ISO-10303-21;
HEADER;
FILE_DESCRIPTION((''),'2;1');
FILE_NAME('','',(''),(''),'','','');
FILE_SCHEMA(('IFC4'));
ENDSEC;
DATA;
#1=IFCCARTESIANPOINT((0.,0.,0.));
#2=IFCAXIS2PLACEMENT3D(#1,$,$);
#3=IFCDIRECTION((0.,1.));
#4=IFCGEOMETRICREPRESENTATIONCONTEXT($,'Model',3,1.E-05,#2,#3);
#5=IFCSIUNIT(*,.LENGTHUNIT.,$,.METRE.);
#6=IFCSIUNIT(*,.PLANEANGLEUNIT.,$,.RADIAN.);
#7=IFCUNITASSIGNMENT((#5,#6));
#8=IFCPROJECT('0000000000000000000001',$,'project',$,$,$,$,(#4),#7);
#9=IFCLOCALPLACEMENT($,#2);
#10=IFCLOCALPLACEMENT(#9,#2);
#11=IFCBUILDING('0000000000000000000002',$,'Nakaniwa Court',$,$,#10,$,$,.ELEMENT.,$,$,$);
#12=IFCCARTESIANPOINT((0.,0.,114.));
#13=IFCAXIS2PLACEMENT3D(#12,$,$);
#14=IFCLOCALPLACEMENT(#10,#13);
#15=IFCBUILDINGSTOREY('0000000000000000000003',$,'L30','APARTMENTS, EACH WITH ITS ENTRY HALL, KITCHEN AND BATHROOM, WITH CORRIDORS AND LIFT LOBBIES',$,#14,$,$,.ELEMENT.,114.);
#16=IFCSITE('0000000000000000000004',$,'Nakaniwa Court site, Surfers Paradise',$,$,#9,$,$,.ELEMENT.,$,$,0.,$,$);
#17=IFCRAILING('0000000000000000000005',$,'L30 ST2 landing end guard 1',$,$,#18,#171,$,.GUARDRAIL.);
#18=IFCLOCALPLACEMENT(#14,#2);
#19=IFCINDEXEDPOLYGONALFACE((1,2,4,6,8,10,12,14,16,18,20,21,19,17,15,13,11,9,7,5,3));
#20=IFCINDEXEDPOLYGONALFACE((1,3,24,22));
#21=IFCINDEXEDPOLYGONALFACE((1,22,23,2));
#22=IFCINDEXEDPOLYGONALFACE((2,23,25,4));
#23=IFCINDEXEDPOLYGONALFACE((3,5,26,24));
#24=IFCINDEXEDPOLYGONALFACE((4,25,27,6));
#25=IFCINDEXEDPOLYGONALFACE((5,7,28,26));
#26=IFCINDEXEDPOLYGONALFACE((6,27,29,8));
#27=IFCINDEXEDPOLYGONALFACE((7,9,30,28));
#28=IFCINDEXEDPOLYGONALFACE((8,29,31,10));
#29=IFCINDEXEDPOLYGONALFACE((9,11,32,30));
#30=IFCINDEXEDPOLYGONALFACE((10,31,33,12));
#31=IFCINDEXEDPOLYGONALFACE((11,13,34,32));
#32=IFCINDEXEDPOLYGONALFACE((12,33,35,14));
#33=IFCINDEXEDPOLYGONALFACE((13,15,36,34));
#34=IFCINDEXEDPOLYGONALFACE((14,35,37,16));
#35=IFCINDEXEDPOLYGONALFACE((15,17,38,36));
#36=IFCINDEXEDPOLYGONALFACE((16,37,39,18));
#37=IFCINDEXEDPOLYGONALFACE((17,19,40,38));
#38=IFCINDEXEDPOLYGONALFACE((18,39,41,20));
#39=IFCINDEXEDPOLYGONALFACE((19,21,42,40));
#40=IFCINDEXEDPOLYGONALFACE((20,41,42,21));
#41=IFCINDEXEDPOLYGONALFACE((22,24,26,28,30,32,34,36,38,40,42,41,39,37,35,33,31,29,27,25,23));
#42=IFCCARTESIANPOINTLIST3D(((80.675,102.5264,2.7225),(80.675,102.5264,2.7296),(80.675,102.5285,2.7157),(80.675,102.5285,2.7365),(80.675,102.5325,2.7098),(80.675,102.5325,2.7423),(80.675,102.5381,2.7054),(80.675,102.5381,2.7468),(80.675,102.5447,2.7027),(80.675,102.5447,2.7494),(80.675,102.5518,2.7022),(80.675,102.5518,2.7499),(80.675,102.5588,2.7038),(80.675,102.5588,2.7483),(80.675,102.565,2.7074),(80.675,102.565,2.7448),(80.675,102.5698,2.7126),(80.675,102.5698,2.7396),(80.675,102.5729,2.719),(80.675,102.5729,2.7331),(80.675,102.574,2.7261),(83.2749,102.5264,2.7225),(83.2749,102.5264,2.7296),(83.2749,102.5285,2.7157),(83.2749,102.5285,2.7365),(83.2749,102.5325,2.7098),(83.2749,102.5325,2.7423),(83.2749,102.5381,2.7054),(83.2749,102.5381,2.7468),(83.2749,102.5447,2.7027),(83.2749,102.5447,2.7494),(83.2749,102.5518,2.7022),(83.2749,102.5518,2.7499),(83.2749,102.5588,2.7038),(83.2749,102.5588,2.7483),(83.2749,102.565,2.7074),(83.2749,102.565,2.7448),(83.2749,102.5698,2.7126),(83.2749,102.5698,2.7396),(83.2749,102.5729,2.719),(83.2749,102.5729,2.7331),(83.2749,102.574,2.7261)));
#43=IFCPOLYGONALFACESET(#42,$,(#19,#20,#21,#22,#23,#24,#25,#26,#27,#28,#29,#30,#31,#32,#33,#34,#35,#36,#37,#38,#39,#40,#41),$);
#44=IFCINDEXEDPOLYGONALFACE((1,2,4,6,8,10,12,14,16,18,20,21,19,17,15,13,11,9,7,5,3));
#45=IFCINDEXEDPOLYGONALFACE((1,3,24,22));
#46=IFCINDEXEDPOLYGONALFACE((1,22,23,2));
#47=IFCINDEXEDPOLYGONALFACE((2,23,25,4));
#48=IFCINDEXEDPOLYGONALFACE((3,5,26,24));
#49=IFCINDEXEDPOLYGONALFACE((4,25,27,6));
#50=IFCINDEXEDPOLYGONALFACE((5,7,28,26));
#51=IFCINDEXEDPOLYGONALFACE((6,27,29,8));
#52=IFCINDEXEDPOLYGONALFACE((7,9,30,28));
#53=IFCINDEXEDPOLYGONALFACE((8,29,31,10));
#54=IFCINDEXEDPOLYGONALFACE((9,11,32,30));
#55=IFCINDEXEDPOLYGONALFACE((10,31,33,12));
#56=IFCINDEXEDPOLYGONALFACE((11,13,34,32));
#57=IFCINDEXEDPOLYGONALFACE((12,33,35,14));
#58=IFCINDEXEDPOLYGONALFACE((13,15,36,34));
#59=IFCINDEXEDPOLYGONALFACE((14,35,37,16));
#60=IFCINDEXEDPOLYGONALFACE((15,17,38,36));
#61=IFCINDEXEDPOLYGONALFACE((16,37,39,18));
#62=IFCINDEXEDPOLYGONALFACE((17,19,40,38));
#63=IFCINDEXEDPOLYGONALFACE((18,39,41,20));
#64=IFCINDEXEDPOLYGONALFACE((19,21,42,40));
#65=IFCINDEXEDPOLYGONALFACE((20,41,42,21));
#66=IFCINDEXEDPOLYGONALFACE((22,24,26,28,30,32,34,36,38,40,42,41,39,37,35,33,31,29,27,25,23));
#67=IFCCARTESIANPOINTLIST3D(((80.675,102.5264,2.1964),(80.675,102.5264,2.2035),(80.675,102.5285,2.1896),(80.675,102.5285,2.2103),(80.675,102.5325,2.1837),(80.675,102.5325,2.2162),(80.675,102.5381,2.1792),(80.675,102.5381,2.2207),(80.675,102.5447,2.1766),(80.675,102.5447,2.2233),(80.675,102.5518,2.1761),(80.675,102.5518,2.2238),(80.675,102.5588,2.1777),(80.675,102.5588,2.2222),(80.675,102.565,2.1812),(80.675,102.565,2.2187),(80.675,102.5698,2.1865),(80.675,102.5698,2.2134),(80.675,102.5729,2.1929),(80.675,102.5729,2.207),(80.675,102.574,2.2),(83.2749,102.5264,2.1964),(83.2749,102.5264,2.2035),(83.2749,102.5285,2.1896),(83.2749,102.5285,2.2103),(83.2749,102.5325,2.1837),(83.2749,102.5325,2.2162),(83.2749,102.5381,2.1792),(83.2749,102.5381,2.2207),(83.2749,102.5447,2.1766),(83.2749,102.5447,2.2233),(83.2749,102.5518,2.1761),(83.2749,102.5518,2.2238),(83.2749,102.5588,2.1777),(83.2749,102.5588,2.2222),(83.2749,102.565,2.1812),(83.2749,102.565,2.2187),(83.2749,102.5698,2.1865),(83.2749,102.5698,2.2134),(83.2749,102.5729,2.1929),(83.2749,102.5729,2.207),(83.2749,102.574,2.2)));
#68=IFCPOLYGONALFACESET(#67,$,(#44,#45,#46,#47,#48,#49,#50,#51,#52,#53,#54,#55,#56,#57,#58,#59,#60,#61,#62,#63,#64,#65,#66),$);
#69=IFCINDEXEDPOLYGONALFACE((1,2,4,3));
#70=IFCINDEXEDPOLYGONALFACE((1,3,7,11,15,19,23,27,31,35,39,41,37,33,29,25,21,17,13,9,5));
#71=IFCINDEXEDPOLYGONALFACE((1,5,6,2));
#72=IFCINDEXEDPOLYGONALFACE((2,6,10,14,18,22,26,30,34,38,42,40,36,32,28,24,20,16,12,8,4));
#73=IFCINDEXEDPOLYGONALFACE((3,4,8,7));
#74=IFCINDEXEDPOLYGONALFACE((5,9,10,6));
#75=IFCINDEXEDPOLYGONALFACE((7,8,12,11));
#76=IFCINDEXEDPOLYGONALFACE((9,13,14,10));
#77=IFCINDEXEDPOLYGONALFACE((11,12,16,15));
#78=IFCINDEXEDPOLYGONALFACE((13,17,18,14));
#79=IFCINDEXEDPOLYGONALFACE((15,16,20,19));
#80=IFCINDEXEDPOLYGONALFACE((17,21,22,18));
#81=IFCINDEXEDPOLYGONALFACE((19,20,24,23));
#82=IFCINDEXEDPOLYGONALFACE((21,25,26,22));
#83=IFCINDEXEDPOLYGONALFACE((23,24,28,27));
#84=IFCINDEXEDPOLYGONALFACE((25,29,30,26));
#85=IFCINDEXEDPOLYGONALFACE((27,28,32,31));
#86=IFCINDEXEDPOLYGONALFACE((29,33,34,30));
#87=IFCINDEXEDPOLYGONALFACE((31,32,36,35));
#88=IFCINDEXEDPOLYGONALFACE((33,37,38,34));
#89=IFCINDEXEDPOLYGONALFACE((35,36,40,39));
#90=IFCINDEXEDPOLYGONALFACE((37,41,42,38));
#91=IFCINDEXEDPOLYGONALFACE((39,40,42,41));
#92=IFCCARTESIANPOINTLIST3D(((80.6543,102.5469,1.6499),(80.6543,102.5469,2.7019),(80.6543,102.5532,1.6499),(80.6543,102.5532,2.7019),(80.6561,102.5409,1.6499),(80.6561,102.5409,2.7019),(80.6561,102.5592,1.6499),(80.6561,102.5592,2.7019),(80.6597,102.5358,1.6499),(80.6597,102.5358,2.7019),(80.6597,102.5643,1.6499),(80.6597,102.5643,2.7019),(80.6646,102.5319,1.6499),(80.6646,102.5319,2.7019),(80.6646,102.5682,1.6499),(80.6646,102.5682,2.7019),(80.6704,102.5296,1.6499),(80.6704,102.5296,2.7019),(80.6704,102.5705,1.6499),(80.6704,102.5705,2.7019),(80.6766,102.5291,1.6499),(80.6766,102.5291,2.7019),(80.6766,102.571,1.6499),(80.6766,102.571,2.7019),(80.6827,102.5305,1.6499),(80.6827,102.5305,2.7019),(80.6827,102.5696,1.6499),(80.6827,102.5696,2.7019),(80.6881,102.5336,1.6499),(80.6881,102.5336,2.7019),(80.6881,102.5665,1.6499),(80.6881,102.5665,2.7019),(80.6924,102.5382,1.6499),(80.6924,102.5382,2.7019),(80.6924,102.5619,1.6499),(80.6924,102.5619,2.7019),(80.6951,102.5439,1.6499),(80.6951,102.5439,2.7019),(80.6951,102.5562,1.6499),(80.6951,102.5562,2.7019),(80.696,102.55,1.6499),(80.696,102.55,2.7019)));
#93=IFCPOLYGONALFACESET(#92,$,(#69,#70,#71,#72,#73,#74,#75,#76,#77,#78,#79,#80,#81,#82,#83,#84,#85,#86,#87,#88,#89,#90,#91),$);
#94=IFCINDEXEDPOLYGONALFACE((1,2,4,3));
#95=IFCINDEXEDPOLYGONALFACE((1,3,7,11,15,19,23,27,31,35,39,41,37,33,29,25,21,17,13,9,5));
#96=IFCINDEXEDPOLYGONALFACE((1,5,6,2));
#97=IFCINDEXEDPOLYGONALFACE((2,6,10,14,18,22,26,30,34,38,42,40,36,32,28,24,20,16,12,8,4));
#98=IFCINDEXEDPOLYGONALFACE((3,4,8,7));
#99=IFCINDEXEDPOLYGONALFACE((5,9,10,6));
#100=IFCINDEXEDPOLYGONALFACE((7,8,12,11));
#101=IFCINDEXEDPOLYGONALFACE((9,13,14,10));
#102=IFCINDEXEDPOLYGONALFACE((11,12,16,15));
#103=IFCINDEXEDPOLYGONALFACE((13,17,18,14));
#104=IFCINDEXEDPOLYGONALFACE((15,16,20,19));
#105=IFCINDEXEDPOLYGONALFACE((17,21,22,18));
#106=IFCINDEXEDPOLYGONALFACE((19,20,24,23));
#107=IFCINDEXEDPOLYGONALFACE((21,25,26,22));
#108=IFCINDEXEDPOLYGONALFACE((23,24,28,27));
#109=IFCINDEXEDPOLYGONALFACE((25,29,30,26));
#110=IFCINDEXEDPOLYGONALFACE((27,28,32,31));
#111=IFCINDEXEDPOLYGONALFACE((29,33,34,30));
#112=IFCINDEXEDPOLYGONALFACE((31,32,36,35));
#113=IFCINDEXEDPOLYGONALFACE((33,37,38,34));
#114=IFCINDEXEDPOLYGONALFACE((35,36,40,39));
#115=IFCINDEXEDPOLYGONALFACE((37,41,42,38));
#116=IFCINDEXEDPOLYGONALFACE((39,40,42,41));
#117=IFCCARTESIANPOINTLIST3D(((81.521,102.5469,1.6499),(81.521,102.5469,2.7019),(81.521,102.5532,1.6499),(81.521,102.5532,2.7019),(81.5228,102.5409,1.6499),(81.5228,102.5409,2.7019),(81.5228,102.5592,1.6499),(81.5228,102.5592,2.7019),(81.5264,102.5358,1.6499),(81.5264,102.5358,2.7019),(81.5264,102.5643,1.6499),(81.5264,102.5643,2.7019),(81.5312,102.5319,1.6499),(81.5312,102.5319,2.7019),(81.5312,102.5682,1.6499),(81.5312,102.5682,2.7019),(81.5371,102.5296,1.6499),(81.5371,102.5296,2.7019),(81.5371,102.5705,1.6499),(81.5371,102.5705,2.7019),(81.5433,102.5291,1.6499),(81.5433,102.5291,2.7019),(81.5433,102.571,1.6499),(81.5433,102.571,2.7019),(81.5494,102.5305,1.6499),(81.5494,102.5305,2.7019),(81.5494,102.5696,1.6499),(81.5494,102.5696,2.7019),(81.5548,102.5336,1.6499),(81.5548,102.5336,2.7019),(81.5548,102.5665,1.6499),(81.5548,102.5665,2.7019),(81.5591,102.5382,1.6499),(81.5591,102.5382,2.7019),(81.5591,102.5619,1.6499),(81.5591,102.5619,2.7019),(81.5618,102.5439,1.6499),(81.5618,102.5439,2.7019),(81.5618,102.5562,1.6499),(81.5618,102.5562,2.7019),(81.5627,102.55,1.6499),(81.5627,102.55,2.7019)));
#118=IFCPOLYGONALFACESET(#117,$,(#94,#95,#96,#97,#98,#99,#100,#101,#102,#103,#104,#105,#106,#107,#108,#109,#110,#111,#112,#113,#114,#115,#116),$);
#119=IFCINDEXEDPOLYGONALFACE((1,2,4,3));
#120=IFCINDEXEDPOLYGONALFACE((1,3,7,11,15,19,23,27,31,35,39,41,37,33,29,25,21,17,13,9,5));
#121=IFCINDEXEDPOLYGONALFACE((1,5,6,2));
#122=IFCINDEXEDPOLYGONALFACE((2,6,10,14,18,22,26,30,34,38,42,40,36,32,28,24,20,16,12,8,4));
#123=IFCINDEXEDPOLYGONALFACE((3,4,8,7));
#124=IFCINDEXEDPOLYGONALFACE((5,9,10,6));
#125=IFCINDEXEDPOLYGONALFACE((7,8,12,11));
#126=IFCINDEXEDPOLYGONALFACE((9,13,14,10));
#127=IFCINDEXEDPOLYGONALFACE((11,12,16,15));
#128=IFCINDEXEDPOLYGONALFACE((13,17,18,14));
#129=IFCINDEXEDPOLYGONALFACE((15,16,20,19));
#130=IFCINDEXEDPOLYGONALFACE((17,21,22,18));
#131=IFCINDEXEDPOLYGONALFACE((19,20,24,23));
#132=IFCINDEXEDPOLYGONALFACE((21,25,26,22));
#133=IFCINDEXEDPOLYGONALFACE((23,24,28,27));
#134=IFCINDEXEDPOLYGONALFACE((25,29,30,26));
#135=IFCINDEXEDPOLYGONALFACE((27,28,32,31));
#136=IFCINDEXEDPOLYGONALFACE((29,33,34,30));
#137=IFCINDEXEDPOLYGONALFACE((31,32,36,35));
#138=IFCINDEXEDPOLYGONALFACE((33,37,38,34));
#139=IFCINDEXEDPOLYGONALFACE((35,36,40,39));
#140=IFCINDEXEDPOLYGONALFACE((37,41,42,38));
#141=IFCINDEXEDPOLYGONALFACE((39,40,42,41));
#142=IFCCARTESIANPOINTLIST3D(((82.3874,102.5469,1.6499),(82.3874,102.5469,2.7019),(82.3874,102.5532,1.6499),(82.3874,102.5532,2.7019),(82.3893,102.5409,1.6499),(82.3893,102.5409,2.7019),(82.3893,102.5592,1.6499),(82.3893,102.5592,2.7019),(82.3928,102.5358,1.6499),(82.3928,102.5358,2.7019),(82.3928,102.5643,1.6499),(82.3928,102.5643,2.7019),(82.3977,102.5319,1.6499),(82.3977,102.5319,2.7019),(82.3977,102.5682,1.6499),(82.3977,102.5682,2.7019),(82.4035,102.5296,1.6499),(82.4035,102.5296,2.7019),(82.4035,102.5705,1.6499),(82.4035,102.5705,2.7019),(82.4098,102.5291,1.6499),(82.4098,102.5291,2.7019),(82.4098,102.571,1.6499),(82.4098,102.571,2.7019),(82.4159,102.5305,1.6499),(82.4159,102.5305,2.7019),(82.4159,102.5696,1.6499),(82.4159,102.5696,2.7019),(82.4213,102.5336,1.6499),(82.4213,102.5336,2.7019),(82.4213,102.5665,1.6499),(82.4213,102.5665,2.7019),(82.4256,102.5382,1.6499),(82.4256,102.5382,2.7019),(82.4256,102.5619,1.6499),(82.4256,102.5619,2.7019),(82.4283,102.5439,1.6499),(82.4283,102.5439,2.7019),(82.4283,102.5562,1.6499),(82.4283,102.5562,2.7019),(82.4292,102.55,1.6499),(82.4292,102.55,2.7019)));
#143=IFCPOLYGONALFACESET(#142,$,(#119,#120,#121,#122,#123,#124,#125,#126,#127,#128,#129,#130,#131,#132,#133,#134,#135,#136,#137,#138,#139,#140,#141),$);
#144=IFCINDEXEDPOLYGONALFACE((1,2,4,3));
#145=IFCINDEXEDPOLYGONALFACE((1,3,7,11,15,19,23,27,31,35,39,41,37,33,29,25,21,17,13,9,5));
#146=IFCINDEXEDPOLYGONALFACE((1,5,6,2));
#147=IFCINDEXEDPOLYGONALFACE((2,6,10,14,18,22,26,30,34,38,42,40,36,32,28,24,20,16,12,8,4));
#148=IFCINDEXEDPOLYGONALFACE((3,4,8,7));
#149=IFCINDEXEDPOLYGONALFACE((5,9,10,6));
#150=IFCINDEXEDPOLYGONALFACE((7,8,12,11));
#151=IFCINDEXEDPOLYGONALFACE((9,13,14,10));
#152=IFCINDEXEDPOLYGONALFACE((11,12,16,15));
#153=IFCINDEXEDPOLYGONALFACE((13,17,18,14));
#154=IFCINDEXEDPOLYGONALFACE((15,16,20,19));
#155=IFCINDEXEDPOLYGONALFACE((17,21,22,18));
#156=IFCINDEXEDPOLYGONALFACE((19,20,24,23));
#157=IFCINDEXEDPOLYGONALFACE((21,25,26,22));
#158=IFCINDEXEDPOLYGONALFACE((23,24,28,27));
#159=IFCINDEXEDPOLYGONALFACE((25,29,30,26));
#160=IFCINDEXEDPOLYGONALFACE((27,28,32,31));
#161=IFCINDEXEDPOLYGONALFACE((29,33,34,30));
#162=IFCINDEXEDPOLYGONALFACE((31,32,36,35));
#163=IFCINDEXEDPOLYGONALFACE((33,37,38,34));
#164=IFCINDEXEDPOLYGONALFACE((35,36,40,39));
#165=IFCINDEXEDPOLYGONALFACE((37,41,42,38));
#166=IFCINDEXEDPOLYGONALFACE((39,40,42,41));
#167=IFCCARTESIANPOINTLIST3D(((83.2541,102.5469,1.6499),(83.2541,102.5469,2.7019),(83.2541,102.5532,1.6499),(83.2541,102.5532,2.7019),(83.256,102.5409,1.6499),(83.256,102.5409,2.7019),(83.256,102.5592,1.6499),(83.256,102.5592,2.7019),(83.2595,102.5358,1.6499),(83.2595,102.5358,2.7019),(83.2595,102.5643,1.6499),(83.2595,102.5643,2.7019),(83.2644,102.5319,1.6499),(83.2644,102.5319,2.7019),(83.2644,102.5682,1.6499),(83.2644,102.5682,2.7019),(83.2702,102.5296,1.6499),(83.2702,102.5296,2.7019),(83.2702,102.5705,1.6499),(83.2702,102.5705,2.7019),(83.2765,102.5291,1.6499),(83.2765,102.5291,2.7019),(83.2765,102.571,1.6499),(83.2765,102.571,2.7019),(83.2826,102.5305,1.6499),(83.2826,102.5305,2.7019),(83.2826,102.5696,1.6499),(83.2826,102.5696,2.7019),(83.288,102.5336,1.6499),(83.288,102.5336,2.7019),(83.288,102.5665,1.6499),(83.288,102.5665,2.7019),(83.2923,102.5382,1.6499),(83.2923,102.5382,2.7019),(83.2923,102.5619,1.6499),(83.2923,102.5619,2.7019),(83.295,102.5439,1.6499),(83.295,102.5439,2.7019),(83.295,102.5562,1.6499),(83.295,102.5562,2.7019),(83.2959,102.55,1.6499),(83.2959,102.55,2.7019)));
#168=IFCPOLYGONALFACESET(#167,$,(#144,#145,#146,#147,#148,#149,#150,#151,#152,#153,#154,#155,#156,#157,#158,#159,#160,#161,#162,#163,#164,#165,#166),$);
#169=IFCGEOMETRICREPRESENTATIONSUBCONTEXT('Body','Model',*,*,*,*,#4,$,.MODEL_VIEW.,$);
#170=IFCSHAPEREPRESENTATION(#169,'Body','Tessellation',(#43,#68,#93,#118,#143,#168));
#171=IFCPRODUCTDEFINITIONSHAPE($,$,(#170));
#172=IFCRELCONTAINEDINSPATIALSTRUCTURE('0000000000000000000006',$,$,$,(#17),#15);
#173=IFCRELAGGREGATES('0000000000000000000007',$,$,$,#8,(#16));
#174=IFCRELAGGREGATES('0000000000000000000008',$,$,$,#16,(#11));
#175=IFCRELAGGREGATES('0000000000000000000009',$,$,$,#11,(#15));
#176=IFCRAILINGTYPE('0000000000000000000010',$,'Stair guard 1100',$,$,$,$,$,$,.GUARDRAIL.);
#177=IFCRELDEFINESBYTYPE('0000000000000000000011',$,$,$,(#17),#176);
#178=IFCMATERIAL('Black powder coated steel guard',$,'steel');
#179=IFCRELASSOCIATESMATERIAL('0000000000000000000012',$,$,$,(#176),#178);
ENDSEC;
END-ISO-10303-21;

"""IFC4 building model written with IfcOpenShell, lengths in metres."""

from ifc_helpers import new_model, si_unit, direction, frame, origin, origin_2d, place, context, subcontext, project, spatial, circle, extrude, material, type_object, element, save


model = new_model("IFC4")

# Units and contexts
model_context = context("Model", 3, precision=1e-05, world=origin(), true_north=direction((0.0, 1.0)))
body_context = subcontext(model_context, "Body", "Model", "MODEL_VIEW")
ifc_project = project(units=[si_unit("LENGTHUNIT", "METRE"), si_unit("PLANEANGLEUNIT", "RADIAN")], contexts=[model_context])

# Site, building, storey
site_placement = place(None, origin())
site = spatial("IfcSite", under=ifc_project, at=site_placement, Name="Nakaniwa Court site, Surfers Paradise", CompositionType="ELEMENT", RefElevation=0.0)
building_placement = place(site_placement, origin())
building = spatial("IfcBuilding", under=site, at=building_placement, Name="Nakaniwa Court", CompositionType="ELEMENT")
storey_placement = place(building_placement, frame((0.0, 0.0, 114.0)))
storey = spatial("IfcBuildingStorey", under=building, at=storey_placement, Name="L30", Description="APARTMENTS, EACH WITH ITS ENTRY HALL, KITCHEN AND BATHROOM, WITH CORRIDORS AND LIFT LOBBIES", CompositionType="ELEMENT", Elevation=114.0)

# Railing
ifc_material_1 = material(Name="Black powder coated steel guard", Category="steel")
railing_type_1 = type_object("IfcRailingType", Name="Stair guard 1100", PredefinedType="GUARDRAIL", material=ifc_material_1)
railing_1_placement = place(storey_placement, frame((80.675, 102.55, 1.6499)))
element("IfcRailing", 1, at=railing_1_placement, inside=storey, type_object=railing_type_1, Name="L30 ST2 landing end guard 1", PredefinedType="GUARDRAIL", context=body_context, shape_type="SweptSolid", body=[
    extrude(circle(Radius=0.0239, at=origin_2d()), frame((0.0, 0.0, 1.0762), z_axis=(1.0, 0.0, 0.0), x_axis=(0.0, 1.0, 0.0)), (0.0, 0.0, 1.0), 2.5999),
    extrude(circle(Radius=0.0239, at=origin_2d()), frame((0.0, 0.0, 0.55), z_axis=(1.0, 0.0, 0.0), x_axis=(0.0, 1.0, 0.0)), (0.0, 0.0, 1.0), 2.5999),
    extrude(circle(Radius=0.021, at=origin_2d()), origin(), (0.0, 0.0, 1.0), 1.052),
    extrude(circle(Radius=0.021, at=origin_2d()), frame((0.8667, 0.0, 0.0)), (0.0, 0.0, 1.0), 1.052),
    extrude(circle(Radius=0.021, at=origin_2d()), frame((1.7332, 0.0, 0.0)), (0.0, 0.0, 1.0), 1.052),
    extrude(circle(Radius=0.021, at=origin_2d()), frame((2.5999, 0.0, 0.0)), (0.0, 0.0, 1.0), 1.052),
])

save(model, "model.ifc")
